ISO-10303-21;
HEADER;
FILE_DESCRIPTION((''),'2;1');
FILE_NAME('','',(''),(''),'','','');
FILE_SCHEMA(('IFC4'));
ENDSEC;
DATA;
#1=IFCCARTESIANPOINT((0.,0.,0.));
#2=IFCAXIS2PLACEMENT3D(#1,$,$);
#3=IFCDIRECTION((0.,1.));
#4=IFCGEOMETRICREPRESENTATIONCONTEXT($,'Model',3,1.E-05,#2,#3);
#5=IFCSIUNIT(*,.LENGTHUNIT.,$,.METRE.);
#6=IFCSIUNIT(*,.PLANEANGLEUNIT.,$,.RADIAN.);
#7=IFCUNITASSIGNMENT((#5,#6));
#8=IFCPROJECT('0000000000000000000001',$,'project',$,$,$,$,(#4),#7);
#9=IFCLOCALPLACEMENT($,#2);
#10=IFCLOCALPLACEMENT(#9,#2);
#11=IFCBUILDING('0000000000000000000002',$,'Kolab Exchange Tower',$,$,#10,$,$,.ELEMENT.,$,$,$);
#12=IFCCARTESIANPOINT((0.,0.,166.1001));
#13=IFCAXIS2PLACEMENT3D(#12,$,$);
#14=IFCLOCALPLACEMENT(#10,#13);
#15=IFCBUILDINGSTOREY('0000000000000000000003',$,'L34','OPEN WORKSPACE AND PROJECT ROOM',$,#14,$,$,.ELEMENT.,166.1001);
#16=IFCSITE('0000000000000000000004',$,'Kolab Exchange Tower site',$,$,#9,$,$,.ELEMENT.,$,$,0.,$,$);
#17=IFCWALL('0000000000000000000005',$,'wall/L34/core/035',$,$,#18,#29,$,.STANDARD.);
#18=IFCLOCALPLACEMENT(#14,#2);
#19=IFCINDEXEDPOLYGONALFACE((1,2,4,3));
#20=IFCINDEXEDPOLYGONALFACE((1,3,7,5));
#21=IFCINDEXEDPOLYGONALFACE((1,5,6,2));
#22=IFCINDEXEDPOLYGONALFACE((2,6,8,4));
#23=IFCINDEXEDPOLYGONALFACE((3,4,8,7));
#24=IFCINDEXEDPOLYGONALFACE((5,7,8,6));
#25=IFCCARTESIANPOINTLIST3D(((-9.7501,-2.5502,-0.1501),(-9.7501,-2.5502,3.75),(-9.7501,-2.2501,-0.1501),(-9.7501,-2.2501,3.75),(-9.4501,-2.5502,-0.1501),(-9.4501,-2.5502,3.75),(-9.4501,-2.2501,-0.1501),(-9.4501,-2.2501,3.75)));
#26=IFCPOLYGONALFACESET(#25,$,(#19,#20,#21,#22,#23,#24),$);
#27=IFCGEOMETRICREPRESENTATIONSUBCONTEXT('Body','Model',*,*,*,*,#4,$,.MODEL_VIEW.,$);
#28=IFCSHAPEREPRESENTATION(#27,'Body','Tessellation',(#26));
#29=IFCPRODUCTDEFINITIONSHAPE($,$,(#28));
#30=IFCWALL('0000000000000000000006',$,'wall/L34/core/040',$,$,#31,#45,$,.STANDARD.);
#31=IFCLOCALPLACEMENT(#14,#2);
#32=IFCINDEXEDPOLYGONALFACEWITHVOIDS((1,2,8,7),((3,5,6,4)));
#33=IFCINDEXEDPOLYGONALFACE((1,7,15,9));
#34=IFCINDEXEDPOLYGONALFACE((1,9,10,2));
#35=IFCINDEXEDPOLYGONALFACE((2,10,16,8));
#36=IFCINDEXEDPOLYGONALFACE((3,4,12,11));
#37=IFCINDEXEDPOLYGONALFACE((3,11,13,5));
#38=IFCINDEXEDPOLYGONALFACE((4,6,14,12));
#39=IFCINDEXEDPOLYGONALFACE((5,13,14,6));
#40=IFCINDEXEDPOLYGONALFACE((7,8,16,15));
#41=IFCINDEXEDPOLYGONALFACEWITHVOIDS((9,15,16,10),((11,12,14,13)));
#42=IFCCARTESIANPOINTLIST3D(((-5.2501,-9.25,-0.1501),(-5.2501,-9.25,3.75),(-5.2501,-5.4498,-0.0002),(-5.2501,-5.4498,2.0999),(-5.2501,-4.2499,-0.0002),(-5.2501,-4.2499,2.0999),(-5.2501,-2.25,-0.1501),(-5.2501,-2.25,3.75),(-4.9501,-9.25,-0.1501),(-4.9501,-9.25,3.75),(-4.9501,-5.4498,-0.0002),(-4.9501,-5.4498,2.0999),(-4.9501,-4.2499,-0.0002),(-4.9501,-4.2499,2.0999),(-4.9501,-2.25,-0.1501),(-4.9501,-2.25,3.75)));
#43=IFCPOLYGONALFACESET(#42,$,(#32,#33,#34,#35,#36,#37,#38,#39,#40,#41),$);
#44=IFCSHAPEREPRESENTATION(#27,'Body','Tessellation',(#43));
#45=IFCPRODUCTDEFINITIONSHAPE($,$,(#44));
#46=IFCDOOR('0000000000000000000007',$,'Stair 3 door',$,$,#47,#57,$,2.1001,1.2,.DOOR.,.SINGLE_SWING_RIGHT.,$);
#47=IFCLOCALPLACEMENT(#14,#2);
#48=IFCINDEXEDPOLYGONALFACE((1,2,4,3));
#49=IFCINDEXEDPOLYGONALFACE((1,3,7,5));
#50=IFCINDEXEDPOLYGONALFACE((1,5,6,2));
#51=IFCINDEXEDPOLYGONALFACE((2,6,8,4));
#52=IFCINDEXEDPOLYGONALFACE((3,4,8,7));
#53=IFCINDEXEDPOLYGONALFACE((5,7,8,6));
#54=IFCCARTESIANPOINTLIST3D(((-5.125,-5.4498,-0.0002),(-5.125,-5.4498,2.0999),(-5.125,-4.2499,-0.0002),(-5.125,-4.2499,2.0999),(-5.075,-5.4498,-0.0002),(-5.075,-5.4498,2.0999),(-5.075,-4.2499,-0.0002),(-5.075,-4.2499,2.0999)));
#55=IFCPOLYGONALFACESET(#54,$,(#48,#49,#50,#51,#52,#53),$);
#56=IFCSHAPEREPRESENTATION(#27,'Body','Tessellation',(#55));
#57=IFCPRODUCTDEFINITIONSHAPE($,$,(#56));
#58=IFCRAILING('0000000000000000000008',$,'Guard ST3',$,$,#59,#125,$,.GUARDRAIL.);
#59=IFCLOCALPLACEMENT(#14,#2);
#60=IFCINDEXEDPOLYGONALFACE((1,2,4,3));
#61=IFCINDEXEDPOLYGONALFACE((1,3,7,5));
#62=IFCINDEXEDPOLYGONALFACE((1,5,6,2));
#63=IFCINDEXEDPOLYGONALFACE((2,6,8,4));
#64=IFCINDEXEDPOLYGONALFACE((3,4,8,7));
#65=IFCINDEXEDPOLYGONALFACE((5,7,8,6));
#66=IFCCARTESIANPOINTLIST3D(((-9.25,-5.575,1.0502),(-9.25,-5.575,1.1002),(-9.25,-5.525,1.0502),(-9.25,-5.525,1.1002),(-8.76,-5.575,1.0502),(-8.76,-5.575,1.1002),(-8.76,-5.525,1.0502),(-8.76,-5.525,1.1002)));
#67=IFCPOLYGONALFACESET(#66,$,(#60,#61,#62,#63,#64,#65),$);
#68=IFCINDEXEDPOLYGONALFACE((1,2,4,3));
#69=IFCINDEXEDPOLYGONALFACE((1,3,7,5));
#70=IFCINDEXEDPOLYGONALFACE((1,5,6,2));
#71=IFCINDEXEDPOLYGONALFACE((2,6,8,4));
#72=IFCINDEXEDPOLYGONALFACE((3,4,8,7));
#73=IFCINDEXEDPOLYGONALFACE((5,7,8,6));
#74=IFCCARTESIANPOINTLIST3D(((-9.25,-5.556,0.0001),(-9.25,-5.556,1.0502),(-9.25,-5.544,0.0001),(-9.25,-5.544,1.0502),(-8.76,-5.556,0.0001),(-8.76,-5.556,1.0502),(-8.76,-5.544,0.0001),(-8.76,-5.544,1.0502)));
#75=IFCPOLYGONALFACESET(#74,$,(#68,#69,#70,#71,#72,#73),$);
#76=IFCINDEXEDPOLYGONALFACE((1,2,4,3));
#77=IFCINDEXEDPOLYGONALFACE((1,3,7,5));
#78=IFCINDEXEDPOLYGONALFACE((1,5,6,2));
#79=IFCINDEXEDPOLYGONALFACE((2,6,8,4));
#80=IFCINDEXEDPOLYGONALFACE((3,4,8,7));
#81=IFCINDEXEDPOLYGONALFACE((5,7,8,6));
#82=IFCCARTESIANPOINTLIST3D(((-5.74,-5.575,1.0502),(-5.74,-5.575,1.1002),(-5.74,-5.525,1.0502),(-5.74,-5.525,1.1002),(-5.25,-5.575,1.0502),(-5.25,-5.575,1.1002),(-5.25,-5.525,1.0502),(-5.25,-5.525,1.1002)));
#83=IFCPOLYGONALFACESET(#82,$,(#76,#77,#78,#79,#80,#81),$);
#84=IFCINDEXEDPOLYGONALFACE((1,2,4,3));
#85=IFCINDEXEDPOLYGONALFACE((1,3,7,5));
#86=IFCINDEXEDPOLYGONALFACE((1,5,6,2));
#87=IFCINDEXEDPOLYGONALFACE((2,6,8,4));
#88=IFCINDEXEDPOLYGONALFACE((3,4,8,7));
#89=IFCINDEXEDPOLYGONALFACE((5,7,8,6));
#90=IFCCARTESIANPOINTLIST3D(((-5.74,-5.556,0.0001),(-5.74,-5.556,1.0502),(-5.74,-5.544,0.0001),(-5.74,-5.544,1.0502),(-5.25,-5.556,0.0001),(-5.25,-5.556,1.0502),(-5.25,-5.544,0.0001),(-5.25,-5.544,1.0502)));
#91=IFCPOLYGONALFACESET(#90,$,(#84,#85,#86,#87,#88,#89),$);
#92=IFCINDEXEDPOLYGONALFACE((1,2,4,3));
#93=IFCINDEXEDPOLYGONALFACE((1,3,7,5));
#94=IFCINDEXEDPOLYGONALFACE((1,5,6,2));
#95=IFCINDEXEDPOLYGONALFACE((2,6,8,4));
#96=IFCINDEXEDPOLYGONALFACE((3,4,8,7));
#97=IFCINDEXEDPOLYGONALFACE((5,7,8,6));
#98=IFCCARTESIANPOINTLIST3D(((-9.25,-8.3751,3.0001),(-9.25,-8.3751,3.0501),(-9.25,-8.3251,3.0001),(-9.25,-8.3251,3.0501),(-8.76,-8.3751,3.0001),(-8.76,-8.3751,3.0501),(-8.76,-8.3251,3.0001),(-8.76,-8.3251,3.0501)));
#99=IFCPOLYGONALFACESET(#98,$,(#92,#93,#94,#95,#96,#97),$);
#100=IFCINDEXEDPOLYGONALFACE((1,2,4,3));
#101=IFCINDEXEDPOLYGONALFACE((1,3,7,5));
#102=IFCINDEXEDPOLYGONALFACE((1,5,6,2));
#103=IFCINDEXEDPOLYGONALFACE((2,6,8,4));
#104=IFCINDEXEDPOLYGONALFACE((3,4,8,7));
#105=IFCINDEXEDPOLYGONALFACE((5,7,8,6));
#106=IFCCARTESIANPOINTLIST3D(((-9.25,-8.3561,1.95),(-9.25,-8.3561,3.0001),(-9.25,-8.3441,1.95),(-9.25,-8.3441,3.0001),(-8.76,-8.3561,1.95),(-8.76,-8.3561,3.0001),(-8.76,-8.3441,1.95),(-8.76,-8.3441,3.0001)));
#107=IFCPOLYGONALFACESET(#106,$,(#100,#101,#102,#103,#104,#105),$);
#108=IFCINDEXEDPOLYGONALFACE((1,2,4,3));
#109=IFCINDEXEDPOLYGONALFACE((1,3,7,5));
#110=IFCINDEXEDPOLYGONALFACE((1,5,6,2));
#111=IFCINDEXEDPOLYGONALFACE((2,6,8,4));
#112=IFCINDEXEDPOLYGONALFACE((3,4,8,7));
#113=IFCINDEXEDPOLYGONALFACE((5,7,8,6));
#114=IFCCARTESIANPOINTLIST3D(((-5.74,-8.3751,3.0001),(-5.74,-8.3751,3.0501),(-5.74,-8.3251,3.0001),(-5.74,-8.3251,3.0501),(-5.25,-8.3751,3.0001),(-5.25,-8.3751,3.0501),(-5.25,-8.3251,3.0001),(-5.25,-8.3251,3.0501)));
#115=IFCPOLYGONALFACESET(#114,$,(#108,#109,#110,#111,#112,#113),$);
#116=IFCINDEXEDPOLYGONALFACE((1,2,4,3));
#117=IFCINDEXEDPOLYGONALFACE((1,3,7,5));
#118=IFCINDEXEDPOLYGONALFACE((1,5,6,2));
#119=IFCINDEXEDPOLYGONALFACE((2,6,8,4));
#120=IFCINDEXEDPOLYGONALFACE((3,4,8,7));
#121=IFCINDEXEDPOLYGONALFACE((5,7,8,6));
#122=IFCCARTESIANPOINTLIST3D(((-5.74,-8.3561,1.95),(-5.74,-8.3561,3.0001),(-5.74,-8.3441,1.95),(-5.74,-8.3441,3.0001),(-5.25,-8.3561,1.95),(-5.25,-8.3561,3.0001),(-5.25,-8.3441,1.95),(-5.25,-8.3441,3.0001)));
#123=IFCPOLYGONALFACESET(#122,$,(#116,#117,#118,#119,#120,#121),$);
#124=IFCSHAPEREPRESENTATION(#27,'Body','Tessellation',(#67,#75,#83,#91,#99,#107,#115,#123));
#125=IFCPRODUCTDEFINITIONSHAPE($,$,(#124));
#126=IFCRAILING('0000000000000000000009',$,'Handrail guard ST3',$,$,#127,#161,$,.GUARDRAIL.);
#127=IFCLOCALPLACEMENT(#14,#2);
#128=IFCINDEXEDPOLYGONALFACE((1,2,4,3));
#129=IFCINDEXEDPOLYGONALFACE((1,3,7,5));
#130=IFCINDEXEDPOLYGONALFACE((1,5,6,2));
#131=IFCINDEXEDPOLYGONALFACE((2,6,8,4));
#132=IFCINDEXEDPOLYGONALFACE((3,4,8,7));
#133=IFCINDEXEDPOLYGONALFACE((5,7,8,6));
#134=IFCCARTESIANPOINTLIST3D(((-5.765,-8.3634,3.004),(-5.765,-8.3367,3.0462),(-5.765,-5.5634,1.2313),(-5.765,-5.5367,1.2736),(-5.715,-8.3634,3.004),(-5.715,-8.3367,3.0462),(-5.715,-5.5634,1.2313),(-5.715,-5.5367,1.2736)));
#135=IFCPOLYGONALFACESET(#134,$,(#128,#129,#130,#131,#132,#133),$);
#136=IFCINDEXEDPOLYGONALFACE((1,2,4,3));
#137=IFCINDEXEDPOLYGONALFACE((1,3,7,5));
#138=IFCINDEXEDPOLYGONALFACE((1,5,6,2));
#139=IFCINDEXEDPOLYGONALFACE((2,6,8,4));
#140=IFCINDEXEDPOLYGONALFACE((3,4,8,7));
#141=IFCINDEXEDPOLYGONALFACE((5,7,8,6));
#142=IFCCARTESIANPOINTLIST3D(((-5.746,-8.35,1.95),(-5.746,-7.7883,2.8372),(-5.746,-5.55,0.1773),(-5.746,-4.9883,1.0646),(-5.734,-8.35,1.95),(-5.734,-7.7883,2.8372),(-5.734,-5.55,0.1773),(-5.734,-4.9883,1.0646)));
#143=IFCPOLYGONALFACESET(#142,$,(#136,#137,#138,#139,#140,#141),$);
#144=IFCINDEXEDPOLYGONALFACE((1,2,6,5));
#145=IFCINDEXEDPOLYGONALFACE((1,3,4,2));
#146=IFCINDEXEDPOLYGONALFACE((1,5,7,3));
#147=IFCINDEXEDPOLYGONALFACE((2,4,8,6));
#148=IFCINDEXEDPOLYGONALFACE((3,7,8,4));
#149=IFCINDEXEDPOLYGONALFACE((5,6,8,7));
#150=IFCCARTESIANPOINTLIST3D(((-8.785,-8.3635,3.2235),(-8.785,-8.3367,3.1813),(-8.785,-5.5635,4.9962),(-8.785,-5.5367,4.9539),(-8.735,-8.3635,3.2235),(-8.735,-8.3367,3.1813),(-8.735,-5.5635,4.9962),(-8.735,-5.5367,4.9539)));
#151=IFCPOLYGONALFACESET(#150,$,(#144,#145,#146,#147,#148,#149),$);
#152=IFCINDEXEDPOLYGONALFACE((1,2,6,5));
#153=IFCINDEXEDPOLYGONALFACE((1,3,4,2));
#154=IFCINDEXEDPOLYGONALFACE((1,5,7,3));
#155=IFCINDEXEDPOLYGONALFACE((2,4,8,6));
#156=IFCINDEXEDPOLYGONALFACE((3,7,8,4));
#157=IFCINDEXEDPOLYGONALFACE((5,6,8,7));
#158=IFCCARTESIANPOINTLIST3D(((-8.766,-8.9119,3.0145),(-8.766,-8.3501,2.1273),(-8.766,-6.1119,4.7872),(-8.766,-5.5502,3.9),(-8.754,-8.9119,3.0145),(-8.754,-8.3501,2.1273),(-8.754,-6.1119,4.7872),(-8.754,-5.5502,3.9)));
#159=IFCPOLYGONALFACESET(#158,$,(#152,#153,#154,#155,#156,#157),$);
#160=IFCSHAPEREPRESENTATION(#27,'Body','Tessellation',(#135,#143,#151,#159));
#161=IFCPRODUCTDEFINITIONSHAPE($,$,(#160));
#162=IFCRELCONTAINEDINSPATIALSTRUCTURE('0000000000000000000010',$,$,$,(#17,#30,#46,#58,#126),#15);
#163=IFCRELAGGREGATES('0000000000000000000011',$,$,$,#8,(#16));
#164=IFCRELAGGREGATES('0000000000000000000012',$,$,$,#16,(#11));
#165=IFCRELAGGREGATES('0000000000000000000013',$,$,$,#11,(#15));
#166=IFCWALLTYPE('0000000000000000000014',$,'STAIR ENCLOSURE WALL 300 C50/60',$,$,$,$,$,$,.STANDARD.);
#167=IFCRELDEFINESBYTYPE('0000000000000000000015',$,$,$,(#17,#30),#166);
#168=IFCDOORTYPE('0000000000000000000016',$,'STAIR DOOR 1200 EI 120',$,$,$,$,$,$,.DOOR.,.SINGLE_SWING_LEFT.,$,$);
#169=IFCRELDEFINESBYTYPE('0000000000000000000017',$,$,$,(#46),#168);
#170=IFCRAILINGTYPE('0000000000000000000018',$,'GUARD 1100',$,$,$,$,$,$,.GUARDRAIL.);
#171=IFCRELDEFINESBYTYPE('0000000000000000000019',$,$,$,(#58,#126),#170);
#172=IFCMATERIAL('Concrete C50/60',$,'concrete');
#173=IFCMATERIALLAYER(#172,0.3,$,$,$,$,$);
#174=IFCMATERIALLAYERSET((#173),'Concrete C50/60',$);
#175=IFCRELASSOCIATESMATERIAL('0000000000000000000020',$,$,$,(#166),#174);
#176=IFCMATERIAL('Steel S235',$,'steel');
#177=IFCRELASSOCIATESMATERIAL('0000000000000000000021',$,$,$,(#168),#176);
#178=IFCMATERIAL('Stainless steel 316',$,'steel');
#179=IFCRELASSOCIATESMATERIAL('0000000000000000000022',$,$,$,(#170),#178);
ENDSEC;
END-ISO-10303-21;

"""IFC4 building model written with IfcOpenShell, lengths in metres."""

from ifc_helpers import new_model, si_unit, direction, frame, frame_2d, origin, origin_2d, place, context, subcontext, project, spatial, rectangle, extrude, material, layer, layer_set, type_object, element, fill, save


model = new_model("IFC4")

# Units and contexts
model_context = context("Model", 3, precision=1e-05, world=origin(), true_north=direction((0.0, 1.0)))
body_context = subcontext(model_context, "Body", "Model", "MODEL_VIEW")
ifc_project = project(units=[si_unit("LENGTHUNIT", "METRE"), si_unit("PLANEANGLEUNIT", "RADIAN")], contexts=[model_context])

# Site, building, storey
site_placement = place(None, origin())
site = spatial("IfcSite", under=ifc_project, at=site_placement, Name="Kolab Exchange Tower site", CompositionType="ELEMENT", RefElevation=0.0)
building_placement = place(site_placement, origin())
building = spatial("IfcBuilding", under=site, at=building_placement, Name="Kolab Exchange Tower", CompositionType="ELEMENT")
storey_placement = place(building_placement, frame((0.0, 0.0, 166.1001)))
storey = spatial("IfcBuildingStorey", under=building, at=storey_placement, Name="L34", Description="OPEN WORKSPACE AND PROJECT ROOM", CompositionType="ELEMENT", Elevation=166.1001)

# Shared definitions
ifc_material_1 = material(Name="Steel S235", Category="steel")

# Shared definitions
ifc_material_2 = material(Name="Concrete C50/60", Category="concrete")

# Shared definitions
ifc_material_3 = material(Name="Stainless steel 316", Category="steel")

# Wall
ifc_layer_1 = layer(ifc_material_2, 0.3)
ifc_layer_set_1 = layer_set([ifc_layer_1], Name="Concrete C50/60")
wall_type_1 = type_object("IfcWallType", Name="STAIR ENCLOSURE WALL 300 C50/60", PredefinedType="STANDARD", material=ifc_layer_set_1)
wall_1_placement = place(storey_placement, frame((-9.6001, -2.55, -0.1501), z_axis=(0.0, 0.0, 1.0), x_axis=(0.0, 1.0, 0.0)))
element("IfcWall", 1, at=wall_1_placement, inside=storey, type_object=wall_type_1, Name="wall/L34/core/035", PredefinedType="STANDARD", context=body_context, shape_type="SweptSolid", body=[
    extrude(rectangle(XDim=0.3, YDim=0.3, at=frame_2d((0.1499, 0.0))), origin(), (0.0, 0.0, 1.0), 3.9001),
])

# Wall, opening, door
wall_2_placement = place(storey_placement, frame((-5.1001, -9.25, -0.1501), z_axis=(0.0, 0.0, 1.0), x_axis=(0.0, 1.0, 0.0)))
wall_2 = element("IfcWall", 2, at=wall_2_placement, inside=storey, type_object=wall_type_1, Name="wall/L34/core/040", PredefinedType="STANDARD", context=body_context, shape_type="SweptSolid", body=[
    extrude(rectangle(XDim=7.0, YDim=0.3, at=frame_2d((3.5, 0.0))), origin(), (0.0, 0.0, 1.0), 3.9001),
])
opening_1_placement = place(wall_2_placement, frame((3.8, 0.0, 0.1499)))
opening_1 = element("IfcOpeningElement", 3, at=opening_1_placement, cuts=wall_2, PredefinedType="OPENING", context=body_context, shape_type="SweptSolid", body=[
    extrude(rectangle(XDim=1.2, YDim=2.1001, at=frame_2d((0.6001, 1.05))), frame((0.0, 0.1602, 0.0), z_axis=(0.0, -1.0, 0.0), x_axis=(1.0, 0.0, 0.0)), (0.0, 0.0, 1.0), 0.3201),
])
door_type_1 = type_object("IfcDoorType", Name="STAIR DOOR 1200 EI 120", OperationType="SINGLE_SWING_LEFT", PredefinedType="DOOR", material=ifc_material_1)
door_1_placement = place(opening_1_placement, origin())
door_1 = element("IfcDoor", 4, at=door_1_placement, inside=storey, type_object=door_type_1, Name="Stair 3 door", OperationType="SINGLE_SWING_RIGHT", OverallHeight=2.1001, OverallWidth=1.2, PredefinedType="DOOR", context=body_context, shape_type="SweptSolid", body=[
    extrude(rectangle(XDim=1.2, YDim=2.1001, at=frame_2d((0.6001, 1.05))), frame((0.0, 0.0249, 0.0), z_axis=(0.0, -1.0, 0.0), x_axis=(1.0, 0.0, 0.0)), (0.0, 0.0, 1.0), 0.05),
])
fill(opening_1, door_1)

# Railings
railing_type = type_object("IfcRailingType", Name="GUARD 1100", PredefinedType="GUARDRAIL", material=ifc_material_3)
railing_1_placement = place(storey_placement, frame((-9.25, -5.55, 0.0)))
element("IfcRailing", 5, at=railing_1_placement, inside=storey, type_object=railing_type, Name="Guard ST3", PredefinedType="GUARDRAIL", context=body_context, shape_type="SweptSolid", body=[
    extrude(rectangle(XDim=0.05, YDim=0.05, at=origin_2d()), frame((0.0, 0.0, 1.0752), z_axis=(1.0, 0.0, 0.0), x_axis=(0.0, 1.0, 0.0)), (0.0, 0.0, 1.0), 0.49),
    extrude(rectangle(XDim=0.012, YDim=1.0501, at=frame_2d((0.0, 0.5251))), frame((0.0, 0.0, 0.0), z_axis=(1.0, 0.0, 0.0), x_axis=(0.0, 1.0, 0.0)), (0.0, 0.0, 1.0), 0.49),
    extrude(rectangle(XDim=0.05, YDim=0.05, at=origin_2d()), frame((3.51, 0.0, 1.0752), z_axis=(1.0, 0.0, 0.0), x_axis=(0.0, 1.0, 0.0)), (0.0, 0.0, 1.0), 0.49),
    extrude(rectangle(XDim=0.012, YDim=1.0501, at=frame_2d((0.0, 0.5251))), frame((3.51, 0.0, 0.0), z_axis=(1.0, 0.0, 0.0), x_axis=(0.0, 1.0, 0.0)), (0.0, 0.0, 1.0), 0.49),
    extrude(rectangle(XDim=0.05, YDim=0.05, at=origin_2d()), frame((0.0, -2.8, 3.0251), z_axis=(1.0, 0.0, 0.0), x_axis=(0.0, 1.0, 0.0)), (0.0, 0.0, 1.0), 0.49),
    extrude(rectangle(XDim=0.012, YDim=1.0501, at=frame_2d((0.0, 0.5251))), frame((0.0, -2.8, 1.95), z_axis=(1.0, 0.0, 0.0), x_axis=(0.0, 1.0, 0.0)), (0.0, 0.0, 1.0), 0.49),
    extrude(rectangle(XDim=0.05, YDim=0.05, at=origin_2d()), frame((3.51, -2.8, 3.0251), z_axis=(1.0, 0.0, 0.0), x_axis=(0.0, 1.0, 0.0)), (0.0, 0.0, 1.0), 0.49),
    extrude(rectangle(XDim=0.012, YDim=1.0501, at=frame_2d((0.0, 0.5251))), frame((3.51, -2.8, 1.95), z_axis=(1.0, 0.0, 0.0), x_axis=(0.0, 1.0, 0.0)), (0.0, 0.0, 1.0), 0.49),
])
railing_2_placement = place(storey_placement, frame((-5.74, -5.55, 0.1772)))
element("IfcRailing", 6, at=railing_2_placement, inside=storey, type_object=railing_type, Name="Handrail guard ST3", PredefinedType="GUARDRAIL", context=body_context, shape_type="SweptSolid", body=[
    extrude(rectangle(XDim=0.05, YDim=0.05, at=origin_2d()), frame((0.0, 0.0, 1.0752), z_axis=(0.0, -0.844909, 0.53491), x_axis=(1.0, 0.0, 0.0)), (0.0, 0.0, 1.0), 3.314),
    extrude(rectangle(XDim=0.012, YDim=1.0501, at=frame_2d((0.0, 0.5251))), frame((0.0, 0.0, 0.0), z_axis=(0.0, -0.844909, 0.53491), x_axis=(1.0, 0.0, 0.0)), (0.0, 0.0, 1.0), 3.314),
    extrude(rectangle(XDim=0.05, YDim=0.05, at=origin_2d()), frame((-3.02, -2.8, 3.0251), z_axis=(0.0, 0.844909, 0.53491), x_axis=(-1.0, 0.0, 0.0)), (0.0, 0.0, 1.0), 3.314),
    extrude(rectangle(XDim=0.012, YDim=1.0501, at=frame_2d((0.0, 0.5251))), frame((-3.02, -2.8, 1.95), z_axis=(0.0, 0.844909, 0.53491), x_axis=(-1.0, 0.0, 0.0)), (0.0, 0.0, 1.0), 3.314),
])

save(model, "model.ifc")
